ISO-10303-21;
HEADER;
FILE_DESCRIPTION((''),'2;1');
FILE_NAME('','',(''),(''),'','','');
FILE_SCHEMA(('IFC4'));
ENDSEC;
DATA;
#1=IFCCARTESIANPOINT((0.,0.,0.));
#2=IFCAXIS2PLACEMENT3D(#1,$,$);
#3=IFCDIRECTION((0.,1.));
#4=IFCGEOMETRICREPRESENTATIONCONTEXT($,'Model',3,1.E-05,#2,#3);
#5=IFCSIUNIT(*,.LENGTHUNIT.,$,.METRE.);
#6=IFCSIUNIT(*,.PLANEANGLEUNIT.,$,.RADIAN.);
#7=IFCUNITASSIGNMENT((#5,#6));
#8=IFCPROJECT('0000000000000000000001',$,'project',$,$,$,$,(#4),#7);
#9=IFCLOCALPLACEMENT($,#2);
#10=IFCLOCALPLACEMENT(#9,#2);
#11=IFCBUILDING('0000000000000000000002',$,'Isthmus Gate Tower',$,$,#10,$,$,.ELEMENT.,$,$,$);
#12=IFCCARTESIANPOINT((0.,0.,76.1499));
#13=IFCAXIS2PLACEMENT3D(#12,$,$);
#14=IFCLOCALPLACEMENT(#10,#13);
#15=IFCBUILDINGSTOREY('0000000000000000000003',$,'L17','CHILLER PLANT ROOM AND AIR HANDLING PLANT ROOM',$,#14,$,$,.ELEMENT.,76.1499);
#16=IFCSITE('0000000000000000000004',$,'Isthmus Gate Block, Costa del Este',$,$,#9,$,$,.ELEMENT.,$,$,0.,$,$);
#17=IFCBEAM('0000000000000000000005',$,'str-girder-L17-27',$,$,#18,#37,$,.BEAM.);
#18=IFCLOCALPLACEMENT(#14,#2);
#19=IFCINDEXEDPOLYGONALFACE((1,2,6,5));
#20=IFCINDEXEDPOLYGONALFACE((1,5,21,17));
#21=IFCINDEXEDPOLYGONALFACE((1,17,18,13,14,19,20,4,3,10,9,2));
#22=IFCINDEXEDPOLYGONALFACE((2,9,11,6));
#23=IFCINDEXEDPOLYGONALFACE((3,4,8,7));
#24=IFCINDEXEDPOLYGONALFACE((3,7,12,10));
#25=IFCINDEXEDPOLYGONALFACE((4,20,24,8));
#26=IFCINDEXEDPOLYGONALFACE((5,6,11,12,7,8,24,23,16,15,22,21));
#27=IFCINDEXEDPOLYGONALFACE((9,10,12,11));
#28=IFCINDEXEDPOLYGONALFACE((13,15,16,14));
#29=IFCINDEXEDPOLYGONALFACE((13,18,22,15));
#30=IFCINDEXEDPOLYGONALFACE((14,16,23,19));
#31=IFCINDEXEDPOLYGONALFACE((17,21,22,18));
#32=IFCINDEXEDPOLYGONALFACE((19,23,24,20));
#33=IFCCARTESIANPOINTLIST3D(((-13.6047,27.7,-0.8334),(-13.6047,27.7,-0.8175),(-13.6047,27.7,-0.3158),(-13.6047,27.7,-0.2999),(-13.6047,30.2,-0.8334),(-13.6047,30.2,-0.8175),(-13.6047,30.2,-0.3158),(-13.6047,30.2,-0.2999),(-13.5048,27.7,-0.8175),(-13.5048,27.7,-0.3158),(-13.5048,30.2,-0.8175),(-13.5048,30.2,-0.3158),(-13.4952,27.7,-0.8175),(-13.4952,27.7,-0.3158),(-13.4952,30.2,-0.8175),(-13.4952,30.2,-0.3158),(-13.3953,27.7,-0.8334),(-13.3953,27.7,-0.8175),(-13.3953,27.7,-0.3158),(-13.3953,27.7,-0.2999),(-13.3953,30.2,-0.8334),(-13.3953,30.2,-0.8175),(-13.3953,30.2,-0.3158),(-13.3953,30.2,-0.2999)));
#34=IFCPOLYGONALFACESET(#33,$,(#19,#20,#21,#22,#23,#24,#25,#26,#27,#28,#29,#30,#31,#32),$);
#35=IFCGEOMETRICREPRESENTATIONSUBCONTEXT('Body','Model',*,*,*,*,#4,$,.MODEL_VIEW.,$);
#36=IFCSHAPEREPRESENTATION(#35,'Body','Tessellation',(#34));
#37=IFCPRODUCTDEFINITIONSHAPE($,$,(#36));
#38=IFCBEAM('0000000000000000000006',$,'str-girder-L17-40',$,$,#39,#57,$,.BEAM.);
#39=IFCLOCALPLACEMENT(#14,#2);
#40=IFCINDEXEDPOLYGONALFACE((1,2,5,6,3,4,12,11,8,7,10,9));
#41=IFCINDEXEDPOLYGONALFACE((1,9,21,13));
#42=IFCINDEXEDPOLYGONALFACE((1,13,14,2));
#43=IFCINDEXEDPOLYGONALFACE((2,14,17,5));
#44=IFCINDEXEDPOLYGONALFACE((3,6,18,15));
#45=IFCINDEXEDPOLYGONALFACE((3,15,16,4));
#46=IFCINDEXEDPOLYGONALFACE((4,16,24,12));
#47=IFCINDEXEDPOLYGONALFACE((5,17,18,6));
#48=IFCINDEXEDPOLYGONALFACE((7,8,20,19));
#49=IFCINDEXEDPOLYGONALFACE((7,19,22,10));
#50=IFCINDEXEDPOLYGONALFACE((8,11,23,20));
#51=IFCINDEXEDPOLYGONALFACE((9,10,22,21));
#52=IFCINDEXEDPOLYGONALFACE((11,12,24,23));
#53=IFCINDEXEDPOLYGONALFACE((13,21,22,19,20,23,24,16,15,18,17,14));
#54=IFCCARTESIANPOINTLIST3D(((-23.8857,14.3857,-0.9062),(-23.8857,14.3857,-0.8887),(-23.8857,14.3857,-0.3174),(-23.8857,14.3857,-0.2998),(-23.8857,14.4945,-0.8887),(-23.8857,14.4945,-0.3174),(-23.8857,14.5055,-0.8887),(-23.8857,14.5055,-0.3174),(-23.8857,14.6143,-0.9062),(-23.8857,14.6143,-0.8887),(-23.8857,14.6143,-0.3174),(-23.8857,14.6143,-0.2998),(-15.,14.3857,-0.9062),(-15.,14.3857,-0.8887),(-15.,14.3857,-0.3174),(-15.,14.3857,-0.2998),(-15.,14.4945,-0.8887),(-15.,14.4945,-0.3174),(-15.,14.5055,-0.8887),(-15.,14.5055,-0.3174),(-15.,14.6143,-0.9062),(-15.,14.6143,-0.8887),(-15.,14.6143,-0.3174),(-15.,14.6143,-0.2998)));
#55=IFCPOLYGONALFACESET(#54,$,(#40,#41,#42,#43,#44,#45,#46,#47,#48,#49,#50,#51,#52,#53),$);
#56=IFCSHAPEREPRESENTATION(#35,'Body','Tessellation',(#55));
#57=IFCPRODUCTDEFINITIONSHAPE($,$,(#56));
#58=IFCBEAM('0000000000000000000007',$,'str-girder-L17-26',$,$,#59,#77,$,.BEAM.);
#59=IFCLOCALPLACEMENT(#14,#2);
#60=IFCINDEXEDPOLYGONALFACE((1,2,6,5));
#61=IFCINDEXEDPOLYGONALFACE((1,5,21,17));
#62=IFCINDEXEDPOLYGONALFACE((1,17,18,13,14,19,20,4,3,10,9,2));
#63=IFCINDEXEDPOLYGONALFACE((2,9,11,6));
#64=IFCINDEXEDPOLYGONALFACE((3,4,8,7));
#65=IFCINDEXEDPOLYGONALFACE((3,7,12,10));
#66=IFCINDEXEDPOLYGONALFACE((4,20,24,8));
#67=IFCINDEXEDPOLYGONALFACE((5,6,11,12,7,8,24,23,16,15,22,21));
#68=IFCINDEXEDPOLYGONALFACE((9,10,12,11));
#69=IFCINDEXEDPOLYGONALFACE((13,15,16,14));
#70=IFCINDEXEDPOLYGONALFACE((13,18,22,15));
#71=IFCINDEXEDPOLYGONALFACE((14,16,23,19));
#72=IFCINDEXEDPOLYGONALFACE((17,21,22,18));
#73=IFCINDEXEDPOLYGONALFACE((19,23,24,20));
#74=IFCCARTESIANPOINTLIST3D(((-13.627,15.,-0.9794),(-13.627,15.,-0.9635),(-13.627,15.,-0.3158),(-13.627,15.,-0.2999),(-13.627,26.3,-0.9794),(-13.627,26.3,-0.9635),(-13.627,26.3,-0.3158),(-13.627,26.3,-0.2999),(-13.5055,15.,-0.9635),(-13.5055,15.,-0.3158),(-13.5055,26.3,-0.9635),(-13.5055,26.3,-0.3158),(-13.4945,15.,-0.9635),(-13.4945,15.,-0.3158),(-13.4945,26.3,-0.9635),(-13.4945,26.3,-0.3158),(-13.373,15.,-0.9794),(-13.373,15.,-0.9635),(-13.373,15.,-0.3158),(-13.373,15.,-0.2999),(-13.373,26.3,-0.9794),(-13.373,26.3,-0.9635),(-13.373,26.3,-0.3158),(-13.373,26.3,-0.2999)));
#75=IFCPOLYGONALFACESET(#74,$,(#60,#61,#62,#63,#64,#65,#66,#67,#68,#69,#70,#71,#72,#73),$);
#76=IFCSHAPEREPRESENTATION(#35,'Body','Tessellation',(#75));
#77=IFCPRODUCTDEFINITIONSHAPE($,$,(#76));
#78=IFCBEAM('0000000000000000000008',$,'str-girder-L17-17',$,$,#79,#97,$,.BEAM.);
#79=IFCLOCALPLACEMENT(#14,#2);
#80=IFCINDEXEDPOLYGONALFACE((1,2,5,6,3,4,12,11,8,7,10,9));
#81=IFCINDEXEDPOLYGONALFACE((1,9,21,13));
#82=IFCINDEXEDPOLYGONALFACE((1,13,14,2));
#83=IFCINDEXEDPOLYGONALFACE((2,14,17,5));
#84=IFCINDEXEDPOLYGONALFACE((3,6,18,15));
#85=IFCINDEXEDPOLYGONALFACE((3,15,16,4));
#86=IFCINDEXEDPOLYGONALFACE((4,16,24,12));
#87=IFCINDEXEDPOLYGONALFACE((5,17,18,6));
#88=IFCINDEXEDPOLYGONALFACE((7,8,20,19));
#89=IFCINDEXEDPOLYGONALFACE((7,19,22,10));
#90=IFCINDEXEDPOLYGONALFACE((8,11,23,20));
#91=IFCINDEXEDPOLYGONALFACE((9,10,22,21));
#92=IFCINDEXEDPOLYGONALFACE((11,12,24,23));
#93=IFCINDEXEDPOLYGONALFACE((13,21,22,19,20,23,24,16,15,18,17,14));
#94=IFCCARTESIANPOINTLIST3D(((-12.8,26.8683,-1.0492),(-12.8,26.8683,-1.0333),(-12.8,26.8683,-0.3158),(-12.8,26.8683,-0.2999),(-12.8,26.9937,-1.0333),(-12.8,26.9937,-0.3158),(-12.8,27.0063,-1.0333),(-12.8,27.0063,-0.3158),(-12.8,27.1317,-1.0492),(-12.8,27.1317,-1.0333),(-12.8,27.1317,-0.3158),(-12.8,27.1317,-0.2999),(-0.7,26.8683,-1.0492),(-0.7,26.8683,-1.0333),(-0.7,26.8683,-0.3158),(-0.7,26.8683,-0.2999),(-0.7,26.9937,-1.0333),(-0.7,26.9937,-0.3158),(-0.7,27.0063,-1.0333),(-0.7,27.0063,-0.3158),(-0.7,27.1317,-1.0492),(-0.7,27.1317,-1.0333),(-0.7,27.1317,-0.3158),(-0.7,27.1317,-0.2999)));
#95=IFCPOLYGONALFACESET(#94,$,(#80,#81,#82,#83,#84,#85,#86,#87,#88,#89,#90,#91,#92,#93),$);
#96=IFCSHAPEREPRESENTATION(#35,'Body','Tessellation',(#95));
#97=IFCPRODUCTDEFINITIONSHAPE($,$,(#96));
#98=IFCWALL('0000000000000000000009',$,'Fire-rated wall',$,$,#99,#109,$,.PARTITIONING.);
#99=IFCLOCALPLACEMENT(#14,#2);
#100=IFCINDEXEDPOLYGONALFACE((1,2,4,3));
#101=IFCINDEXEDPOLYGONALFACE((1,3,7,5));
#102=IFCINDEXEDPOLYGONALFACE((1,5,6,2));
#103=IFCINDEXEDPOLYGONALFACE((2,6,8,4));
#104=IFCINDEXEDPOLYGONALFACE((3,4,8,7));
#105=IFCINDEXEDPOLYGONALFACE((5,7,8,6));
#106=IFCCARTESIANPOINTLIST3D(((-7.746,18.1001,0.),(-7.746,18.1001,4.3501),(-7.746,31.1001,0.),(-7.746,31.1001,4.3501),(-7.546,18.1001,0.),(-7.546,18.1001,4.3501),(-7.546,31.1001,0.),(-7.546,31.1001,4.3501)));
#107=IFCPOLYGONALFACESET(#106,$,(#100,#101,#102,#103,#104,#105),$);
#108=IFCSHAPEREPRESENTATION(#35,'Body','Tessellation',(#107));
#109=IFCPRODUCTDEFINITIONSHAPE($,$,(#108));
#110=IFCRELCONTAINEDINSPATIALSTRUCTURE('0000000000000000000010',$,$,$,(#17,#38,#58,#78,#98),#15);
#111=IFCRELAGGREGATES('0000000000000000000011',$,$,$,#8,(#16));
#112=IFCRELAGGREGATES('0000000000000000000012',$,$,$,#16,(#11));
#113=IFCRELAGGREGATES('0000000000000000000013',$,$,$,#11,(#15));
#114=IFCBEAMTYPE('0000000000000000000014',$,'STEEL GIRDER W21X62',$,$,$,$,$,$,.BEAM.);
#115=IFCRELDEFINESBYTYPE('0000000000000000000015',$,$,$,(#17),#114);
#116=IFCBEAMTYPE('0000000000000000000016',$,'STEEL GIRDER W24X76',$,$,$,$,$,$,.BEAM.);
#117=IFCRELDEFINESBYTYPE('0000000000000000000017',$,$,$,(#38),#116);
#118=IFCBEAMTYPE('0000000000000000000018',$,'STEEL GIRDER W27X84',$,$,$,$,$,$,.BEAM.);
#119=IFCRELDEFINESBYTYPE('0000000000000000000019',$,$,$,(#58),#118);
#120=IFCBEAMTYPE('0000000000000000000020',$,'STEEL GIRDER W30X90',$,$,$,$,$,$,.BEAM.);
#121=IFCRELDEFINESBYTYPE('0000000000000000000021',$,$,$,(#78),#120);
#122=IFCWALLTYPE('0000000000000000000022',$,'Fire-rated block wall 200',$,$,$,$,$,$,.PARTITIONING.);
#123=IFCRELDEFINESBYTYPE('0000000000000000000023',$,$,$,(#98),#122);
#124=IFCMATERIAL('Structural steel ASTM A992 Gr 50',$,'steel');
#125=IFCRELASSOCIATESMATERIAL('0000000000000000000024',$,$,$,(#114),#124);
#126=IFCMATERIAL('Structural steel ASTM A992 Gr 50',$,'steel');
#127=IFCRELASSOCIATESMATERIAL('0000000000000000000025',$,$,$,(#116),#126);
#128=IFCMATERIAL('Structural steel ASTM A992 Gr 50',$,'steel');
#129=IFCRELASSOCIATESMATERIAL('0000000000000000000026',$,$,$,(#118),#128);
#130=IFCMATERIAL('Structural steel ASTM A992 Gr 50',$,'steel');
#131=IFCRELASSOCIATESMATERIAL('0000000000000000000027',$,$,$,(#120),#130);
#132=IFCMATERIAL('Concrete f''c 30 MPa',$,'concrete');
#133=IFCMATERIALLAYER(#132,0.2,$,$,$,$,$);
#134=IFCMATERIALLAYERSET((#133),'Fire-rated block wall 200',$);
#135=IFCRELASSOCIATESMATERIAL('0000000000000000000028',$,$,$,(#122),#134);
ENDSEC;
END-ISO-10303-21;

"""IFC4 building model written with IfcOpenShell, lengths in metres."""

from ifc_helpers import new_model, si_unit, direction, frame, frame_2d, origin, origin_2d, place, context, subcontext, project, spatial, rectangle, i_section, extrude, material, layer, layer_set, material_profile, profile_set, type_object, element, save


model = new_model("IFC4")

# Units and contexts
model_context = context("Model", 3, precision=1e-05, world=origin(), true_north=direction((0.0, 1.0)))
body_context = subcontext(model_context, "Body", "Model", "MODEL_VIEW")
ifc_project = project(units=[si_unit("LENGTHUNIT", "METRE"), si_unit("PLANEANGLEUNIT", "RADIAN")], contexts=[model_context])

# Site, building, storey
site_placement = place(None, origin())
site = spatial("IfcSite", under=ifc_project, at=site_placement, Name="Isthmus Gate Block, Costa del Este", CompositionType="ELEMENT", RefElevation=0.0)
building_placement = place(site_placement, origin())
building = spatial("IfcBuilding", under=site, at=building_placement, Name="Isthmus Gate Tower", CompositionType="ELEMENT")
storey_placement = place(building_placement, frame((0.0, 0.0, 76.1499)))
storey = spatial("IfcBuildingStorey", under=building, at=storey_placement, Name="L17", Description="CHILLER PLANT ROOM AND AIR HANDLING PLANT ROOM", CompositionType="ELEMENT", Elevation=76.1499)

# Beams
ifc_material_1 = material(Name="Structural steel ASTM A992 Gr 50", Category="steel")
ifc_material_profile_1 = material_profile(ifc_material_1, i_section(OverallWidth=0.2095, OverallDepth=0.5334, WebThickness=0.0095, FlangeThickness=0.0159, at=origin_2d()), Name="W21X62")
ifc_profile_set_1 = profile_set([ifc_material_profile_1], Name="Structural steel ASTM A992 Gr 50")
beam_type_1 = type_object("IfcBeamType", Name="STEEL GIRDER W21X62", PredefinedType="BEAM", material=ifc_profile_set_1)
beam_1_placement = place(storey_placement, frame((-13.5, 27.7, -0.5667), z_axis=(0.0, 1.0, 0.0), x_axis=(-1.0, 0.0, 0.0)))
element("IfcBeam", 1, at=beam_1_placement, inside=storey, type_object=beam_type_1, Name="str-girder-L17-27", PredefinedType="BEAM", context=body_context, shape_type="SweptSolid", body=[
    extrude(i_section(OverallWidth=0.2095, OverallDepth=0.5334, WebThickness=0.0095, FlangeThickness=0.0159, at=origin_2d()), origin(), (0.0, 0.0, 1.0), 2.5),
])
ifc_material_2 = material(Name="Structural steel ASTM A992 Gr 50", Category="steel")
ifc_material_profile_2 = material_profile(ifc_material_2, i_section(OverallWidth=0.2285, OverallDepth=0.6064, WebThickness=0.011, FlangeThickness=0.0176, at=origin_2d()), Name="W24X76")
ifc_profile_set_2 = profile_set([ifc_material_profile_2], Name="Structural steel ASTM A992 Gr 50")
beam_type_2 = type_object("IfcBeamType", Name="STEEL GIRDER W24X76", PredefinedType="BEAM", material=ifc_profile_set_2)
beam_2_placement = place(storey_placement, frame((-15.0, 14.5, -0.603), z_axis=(-1.0, 0.0, 0.0), x_axis=(0.0, -1.0, 0.0)))
element("IfcBeam", 2, at=beam_2_placement, inside=storey, type_object=beam_type_2, Name="str-girder-L17-40", PredefinedType="BEAM", context=body_context, shape_type="SweptSolid", body=[
    extrude(i_section(OverallWidth=0.2285, OverallDepth=0.6064, WebThickness=0.011, FlangeThickness=0.0176, at=origin_2d()), origin(), (0.0, 0.0, 1.0), 8.8857),
])
ifc_material_3 = material(Name="Structural steel ASTM A992 Gr 50", Category="steel")
ifc_material_profile_3 = material_profile(ifc_material_3, i_section(OverallWidth=0.2539, OverallDepth=0.6794, WebThickness=0.011, FlangeThickness=0.0159, at=origin_2d()), Name="W27X84")
ifc_profile_set_3 = profile_set([ifc_material_profile_3], Name="Structural steel ASTM A992 Gr 50")
beam_type_3 = type_object("IfcBeamType", Name="STEEL GIRDER W27X84", PredefinedType="BEAM", material=ifc_profile_set_3)
beam_3_placement = place(storey_placement, frame((-13.5, 15.0, -0.6396), z_axis=(0.0, 1.0, 0.0), x_axis=(-1.0, 0.0, 0.0)))
element("IfcBeam", 3, at=beam_3_placement, inside=storey, type_object=beam_type_3, Name="str-girder-L17-26", PredefinedType="BEAM", context=body_context, shape_type="SweptSolid", body=[
    extrude(i_section(OverallWidth=0.2539, OverallDepth=0.6794, WebThickness=0.011, FlangeThickness=0.0159, at=origin_2d()), origin(), (0.0, 0.0, 1.0), 11.3),
])
ifc_material_4 = material(Name="Structural steel ASTM A992 Gr 50", Category="steel")
ifc_material_profile_4 = material_profile(ifc_material_4, i_section(OverallWidth=0.2634, OverallDepth=0.7493, WebThickness=0.0127, FlangeThickness=0.0159, at=origin_2d()), Name="W30X90")
ifc_profile_set_4 = profile_set([ifc_material_profile_4], Name="Structural steel ASTM A992 Gr 50")
beam_type_4 = type_object("IfcBeamType", Name="STEEL GIRDER W30X90", PredefinedType="BEAM", material=ifc_profile_set_4)
beam_4_placement = place(storey_placement, frame((-12.8, 27.0, -0.6746), z_axis=(1.0, 0.0, 0.0), x_axis=(0.0, 1.0, 0.0)))
element("IfcBeam", 4, at=beam_4_placement, inside=storey, type_object=beam_type_4, Name="str-girder-L17-17", PredefinedType="BEAM", context=body_context, shape_type="SweptSolid", body=[
    extrude(i_section(OverallWidth=0.2634, OverallDepth=0.7493, WebThickness=0.0127, FlangeThickness=0.0159, at=origin_2d()), origin(), (0.0, 0.0, 1.0), 12.1001),
])

# Wall
ifc_material_5 = material(Name="Concrete f'c 30 MPa", Category="concrete")
ifc_layer_1 = layer(ifc_material_5, 0.2)
ifc_layer_set_1 = layer_set([ifc_layer_1], Name="Fire-rated block wall 200")
wall_type_1 = type_object("IfcWallType", Name="Fire-rated block wall 200", PredefinedType="PARTITIONING", material=ifc_layer_set_1)
wall_1_placement = place(storey_placement, frame((-7.646, 18.1001, 0.0), z_axis=(0.0, 0.0, 1.0), x_axis=(0.0, 1.0, 0.0)))
element("IfcWall", 5, at=wall_1_placement, inside=storey, type_object=wall_type_1, Name="Fire-rated wall", PredefinedType="PARTITIONING", context=body_context, shape_type="SweptSolid", body=[
    extrude(rectangle(XDim=13.0, YDim=0.2, at=frame_2d((6.5, 0.0))), origin(), (0.0, 0.0, 1.0), 4.3501),
])

save(model, "model.ifc")
